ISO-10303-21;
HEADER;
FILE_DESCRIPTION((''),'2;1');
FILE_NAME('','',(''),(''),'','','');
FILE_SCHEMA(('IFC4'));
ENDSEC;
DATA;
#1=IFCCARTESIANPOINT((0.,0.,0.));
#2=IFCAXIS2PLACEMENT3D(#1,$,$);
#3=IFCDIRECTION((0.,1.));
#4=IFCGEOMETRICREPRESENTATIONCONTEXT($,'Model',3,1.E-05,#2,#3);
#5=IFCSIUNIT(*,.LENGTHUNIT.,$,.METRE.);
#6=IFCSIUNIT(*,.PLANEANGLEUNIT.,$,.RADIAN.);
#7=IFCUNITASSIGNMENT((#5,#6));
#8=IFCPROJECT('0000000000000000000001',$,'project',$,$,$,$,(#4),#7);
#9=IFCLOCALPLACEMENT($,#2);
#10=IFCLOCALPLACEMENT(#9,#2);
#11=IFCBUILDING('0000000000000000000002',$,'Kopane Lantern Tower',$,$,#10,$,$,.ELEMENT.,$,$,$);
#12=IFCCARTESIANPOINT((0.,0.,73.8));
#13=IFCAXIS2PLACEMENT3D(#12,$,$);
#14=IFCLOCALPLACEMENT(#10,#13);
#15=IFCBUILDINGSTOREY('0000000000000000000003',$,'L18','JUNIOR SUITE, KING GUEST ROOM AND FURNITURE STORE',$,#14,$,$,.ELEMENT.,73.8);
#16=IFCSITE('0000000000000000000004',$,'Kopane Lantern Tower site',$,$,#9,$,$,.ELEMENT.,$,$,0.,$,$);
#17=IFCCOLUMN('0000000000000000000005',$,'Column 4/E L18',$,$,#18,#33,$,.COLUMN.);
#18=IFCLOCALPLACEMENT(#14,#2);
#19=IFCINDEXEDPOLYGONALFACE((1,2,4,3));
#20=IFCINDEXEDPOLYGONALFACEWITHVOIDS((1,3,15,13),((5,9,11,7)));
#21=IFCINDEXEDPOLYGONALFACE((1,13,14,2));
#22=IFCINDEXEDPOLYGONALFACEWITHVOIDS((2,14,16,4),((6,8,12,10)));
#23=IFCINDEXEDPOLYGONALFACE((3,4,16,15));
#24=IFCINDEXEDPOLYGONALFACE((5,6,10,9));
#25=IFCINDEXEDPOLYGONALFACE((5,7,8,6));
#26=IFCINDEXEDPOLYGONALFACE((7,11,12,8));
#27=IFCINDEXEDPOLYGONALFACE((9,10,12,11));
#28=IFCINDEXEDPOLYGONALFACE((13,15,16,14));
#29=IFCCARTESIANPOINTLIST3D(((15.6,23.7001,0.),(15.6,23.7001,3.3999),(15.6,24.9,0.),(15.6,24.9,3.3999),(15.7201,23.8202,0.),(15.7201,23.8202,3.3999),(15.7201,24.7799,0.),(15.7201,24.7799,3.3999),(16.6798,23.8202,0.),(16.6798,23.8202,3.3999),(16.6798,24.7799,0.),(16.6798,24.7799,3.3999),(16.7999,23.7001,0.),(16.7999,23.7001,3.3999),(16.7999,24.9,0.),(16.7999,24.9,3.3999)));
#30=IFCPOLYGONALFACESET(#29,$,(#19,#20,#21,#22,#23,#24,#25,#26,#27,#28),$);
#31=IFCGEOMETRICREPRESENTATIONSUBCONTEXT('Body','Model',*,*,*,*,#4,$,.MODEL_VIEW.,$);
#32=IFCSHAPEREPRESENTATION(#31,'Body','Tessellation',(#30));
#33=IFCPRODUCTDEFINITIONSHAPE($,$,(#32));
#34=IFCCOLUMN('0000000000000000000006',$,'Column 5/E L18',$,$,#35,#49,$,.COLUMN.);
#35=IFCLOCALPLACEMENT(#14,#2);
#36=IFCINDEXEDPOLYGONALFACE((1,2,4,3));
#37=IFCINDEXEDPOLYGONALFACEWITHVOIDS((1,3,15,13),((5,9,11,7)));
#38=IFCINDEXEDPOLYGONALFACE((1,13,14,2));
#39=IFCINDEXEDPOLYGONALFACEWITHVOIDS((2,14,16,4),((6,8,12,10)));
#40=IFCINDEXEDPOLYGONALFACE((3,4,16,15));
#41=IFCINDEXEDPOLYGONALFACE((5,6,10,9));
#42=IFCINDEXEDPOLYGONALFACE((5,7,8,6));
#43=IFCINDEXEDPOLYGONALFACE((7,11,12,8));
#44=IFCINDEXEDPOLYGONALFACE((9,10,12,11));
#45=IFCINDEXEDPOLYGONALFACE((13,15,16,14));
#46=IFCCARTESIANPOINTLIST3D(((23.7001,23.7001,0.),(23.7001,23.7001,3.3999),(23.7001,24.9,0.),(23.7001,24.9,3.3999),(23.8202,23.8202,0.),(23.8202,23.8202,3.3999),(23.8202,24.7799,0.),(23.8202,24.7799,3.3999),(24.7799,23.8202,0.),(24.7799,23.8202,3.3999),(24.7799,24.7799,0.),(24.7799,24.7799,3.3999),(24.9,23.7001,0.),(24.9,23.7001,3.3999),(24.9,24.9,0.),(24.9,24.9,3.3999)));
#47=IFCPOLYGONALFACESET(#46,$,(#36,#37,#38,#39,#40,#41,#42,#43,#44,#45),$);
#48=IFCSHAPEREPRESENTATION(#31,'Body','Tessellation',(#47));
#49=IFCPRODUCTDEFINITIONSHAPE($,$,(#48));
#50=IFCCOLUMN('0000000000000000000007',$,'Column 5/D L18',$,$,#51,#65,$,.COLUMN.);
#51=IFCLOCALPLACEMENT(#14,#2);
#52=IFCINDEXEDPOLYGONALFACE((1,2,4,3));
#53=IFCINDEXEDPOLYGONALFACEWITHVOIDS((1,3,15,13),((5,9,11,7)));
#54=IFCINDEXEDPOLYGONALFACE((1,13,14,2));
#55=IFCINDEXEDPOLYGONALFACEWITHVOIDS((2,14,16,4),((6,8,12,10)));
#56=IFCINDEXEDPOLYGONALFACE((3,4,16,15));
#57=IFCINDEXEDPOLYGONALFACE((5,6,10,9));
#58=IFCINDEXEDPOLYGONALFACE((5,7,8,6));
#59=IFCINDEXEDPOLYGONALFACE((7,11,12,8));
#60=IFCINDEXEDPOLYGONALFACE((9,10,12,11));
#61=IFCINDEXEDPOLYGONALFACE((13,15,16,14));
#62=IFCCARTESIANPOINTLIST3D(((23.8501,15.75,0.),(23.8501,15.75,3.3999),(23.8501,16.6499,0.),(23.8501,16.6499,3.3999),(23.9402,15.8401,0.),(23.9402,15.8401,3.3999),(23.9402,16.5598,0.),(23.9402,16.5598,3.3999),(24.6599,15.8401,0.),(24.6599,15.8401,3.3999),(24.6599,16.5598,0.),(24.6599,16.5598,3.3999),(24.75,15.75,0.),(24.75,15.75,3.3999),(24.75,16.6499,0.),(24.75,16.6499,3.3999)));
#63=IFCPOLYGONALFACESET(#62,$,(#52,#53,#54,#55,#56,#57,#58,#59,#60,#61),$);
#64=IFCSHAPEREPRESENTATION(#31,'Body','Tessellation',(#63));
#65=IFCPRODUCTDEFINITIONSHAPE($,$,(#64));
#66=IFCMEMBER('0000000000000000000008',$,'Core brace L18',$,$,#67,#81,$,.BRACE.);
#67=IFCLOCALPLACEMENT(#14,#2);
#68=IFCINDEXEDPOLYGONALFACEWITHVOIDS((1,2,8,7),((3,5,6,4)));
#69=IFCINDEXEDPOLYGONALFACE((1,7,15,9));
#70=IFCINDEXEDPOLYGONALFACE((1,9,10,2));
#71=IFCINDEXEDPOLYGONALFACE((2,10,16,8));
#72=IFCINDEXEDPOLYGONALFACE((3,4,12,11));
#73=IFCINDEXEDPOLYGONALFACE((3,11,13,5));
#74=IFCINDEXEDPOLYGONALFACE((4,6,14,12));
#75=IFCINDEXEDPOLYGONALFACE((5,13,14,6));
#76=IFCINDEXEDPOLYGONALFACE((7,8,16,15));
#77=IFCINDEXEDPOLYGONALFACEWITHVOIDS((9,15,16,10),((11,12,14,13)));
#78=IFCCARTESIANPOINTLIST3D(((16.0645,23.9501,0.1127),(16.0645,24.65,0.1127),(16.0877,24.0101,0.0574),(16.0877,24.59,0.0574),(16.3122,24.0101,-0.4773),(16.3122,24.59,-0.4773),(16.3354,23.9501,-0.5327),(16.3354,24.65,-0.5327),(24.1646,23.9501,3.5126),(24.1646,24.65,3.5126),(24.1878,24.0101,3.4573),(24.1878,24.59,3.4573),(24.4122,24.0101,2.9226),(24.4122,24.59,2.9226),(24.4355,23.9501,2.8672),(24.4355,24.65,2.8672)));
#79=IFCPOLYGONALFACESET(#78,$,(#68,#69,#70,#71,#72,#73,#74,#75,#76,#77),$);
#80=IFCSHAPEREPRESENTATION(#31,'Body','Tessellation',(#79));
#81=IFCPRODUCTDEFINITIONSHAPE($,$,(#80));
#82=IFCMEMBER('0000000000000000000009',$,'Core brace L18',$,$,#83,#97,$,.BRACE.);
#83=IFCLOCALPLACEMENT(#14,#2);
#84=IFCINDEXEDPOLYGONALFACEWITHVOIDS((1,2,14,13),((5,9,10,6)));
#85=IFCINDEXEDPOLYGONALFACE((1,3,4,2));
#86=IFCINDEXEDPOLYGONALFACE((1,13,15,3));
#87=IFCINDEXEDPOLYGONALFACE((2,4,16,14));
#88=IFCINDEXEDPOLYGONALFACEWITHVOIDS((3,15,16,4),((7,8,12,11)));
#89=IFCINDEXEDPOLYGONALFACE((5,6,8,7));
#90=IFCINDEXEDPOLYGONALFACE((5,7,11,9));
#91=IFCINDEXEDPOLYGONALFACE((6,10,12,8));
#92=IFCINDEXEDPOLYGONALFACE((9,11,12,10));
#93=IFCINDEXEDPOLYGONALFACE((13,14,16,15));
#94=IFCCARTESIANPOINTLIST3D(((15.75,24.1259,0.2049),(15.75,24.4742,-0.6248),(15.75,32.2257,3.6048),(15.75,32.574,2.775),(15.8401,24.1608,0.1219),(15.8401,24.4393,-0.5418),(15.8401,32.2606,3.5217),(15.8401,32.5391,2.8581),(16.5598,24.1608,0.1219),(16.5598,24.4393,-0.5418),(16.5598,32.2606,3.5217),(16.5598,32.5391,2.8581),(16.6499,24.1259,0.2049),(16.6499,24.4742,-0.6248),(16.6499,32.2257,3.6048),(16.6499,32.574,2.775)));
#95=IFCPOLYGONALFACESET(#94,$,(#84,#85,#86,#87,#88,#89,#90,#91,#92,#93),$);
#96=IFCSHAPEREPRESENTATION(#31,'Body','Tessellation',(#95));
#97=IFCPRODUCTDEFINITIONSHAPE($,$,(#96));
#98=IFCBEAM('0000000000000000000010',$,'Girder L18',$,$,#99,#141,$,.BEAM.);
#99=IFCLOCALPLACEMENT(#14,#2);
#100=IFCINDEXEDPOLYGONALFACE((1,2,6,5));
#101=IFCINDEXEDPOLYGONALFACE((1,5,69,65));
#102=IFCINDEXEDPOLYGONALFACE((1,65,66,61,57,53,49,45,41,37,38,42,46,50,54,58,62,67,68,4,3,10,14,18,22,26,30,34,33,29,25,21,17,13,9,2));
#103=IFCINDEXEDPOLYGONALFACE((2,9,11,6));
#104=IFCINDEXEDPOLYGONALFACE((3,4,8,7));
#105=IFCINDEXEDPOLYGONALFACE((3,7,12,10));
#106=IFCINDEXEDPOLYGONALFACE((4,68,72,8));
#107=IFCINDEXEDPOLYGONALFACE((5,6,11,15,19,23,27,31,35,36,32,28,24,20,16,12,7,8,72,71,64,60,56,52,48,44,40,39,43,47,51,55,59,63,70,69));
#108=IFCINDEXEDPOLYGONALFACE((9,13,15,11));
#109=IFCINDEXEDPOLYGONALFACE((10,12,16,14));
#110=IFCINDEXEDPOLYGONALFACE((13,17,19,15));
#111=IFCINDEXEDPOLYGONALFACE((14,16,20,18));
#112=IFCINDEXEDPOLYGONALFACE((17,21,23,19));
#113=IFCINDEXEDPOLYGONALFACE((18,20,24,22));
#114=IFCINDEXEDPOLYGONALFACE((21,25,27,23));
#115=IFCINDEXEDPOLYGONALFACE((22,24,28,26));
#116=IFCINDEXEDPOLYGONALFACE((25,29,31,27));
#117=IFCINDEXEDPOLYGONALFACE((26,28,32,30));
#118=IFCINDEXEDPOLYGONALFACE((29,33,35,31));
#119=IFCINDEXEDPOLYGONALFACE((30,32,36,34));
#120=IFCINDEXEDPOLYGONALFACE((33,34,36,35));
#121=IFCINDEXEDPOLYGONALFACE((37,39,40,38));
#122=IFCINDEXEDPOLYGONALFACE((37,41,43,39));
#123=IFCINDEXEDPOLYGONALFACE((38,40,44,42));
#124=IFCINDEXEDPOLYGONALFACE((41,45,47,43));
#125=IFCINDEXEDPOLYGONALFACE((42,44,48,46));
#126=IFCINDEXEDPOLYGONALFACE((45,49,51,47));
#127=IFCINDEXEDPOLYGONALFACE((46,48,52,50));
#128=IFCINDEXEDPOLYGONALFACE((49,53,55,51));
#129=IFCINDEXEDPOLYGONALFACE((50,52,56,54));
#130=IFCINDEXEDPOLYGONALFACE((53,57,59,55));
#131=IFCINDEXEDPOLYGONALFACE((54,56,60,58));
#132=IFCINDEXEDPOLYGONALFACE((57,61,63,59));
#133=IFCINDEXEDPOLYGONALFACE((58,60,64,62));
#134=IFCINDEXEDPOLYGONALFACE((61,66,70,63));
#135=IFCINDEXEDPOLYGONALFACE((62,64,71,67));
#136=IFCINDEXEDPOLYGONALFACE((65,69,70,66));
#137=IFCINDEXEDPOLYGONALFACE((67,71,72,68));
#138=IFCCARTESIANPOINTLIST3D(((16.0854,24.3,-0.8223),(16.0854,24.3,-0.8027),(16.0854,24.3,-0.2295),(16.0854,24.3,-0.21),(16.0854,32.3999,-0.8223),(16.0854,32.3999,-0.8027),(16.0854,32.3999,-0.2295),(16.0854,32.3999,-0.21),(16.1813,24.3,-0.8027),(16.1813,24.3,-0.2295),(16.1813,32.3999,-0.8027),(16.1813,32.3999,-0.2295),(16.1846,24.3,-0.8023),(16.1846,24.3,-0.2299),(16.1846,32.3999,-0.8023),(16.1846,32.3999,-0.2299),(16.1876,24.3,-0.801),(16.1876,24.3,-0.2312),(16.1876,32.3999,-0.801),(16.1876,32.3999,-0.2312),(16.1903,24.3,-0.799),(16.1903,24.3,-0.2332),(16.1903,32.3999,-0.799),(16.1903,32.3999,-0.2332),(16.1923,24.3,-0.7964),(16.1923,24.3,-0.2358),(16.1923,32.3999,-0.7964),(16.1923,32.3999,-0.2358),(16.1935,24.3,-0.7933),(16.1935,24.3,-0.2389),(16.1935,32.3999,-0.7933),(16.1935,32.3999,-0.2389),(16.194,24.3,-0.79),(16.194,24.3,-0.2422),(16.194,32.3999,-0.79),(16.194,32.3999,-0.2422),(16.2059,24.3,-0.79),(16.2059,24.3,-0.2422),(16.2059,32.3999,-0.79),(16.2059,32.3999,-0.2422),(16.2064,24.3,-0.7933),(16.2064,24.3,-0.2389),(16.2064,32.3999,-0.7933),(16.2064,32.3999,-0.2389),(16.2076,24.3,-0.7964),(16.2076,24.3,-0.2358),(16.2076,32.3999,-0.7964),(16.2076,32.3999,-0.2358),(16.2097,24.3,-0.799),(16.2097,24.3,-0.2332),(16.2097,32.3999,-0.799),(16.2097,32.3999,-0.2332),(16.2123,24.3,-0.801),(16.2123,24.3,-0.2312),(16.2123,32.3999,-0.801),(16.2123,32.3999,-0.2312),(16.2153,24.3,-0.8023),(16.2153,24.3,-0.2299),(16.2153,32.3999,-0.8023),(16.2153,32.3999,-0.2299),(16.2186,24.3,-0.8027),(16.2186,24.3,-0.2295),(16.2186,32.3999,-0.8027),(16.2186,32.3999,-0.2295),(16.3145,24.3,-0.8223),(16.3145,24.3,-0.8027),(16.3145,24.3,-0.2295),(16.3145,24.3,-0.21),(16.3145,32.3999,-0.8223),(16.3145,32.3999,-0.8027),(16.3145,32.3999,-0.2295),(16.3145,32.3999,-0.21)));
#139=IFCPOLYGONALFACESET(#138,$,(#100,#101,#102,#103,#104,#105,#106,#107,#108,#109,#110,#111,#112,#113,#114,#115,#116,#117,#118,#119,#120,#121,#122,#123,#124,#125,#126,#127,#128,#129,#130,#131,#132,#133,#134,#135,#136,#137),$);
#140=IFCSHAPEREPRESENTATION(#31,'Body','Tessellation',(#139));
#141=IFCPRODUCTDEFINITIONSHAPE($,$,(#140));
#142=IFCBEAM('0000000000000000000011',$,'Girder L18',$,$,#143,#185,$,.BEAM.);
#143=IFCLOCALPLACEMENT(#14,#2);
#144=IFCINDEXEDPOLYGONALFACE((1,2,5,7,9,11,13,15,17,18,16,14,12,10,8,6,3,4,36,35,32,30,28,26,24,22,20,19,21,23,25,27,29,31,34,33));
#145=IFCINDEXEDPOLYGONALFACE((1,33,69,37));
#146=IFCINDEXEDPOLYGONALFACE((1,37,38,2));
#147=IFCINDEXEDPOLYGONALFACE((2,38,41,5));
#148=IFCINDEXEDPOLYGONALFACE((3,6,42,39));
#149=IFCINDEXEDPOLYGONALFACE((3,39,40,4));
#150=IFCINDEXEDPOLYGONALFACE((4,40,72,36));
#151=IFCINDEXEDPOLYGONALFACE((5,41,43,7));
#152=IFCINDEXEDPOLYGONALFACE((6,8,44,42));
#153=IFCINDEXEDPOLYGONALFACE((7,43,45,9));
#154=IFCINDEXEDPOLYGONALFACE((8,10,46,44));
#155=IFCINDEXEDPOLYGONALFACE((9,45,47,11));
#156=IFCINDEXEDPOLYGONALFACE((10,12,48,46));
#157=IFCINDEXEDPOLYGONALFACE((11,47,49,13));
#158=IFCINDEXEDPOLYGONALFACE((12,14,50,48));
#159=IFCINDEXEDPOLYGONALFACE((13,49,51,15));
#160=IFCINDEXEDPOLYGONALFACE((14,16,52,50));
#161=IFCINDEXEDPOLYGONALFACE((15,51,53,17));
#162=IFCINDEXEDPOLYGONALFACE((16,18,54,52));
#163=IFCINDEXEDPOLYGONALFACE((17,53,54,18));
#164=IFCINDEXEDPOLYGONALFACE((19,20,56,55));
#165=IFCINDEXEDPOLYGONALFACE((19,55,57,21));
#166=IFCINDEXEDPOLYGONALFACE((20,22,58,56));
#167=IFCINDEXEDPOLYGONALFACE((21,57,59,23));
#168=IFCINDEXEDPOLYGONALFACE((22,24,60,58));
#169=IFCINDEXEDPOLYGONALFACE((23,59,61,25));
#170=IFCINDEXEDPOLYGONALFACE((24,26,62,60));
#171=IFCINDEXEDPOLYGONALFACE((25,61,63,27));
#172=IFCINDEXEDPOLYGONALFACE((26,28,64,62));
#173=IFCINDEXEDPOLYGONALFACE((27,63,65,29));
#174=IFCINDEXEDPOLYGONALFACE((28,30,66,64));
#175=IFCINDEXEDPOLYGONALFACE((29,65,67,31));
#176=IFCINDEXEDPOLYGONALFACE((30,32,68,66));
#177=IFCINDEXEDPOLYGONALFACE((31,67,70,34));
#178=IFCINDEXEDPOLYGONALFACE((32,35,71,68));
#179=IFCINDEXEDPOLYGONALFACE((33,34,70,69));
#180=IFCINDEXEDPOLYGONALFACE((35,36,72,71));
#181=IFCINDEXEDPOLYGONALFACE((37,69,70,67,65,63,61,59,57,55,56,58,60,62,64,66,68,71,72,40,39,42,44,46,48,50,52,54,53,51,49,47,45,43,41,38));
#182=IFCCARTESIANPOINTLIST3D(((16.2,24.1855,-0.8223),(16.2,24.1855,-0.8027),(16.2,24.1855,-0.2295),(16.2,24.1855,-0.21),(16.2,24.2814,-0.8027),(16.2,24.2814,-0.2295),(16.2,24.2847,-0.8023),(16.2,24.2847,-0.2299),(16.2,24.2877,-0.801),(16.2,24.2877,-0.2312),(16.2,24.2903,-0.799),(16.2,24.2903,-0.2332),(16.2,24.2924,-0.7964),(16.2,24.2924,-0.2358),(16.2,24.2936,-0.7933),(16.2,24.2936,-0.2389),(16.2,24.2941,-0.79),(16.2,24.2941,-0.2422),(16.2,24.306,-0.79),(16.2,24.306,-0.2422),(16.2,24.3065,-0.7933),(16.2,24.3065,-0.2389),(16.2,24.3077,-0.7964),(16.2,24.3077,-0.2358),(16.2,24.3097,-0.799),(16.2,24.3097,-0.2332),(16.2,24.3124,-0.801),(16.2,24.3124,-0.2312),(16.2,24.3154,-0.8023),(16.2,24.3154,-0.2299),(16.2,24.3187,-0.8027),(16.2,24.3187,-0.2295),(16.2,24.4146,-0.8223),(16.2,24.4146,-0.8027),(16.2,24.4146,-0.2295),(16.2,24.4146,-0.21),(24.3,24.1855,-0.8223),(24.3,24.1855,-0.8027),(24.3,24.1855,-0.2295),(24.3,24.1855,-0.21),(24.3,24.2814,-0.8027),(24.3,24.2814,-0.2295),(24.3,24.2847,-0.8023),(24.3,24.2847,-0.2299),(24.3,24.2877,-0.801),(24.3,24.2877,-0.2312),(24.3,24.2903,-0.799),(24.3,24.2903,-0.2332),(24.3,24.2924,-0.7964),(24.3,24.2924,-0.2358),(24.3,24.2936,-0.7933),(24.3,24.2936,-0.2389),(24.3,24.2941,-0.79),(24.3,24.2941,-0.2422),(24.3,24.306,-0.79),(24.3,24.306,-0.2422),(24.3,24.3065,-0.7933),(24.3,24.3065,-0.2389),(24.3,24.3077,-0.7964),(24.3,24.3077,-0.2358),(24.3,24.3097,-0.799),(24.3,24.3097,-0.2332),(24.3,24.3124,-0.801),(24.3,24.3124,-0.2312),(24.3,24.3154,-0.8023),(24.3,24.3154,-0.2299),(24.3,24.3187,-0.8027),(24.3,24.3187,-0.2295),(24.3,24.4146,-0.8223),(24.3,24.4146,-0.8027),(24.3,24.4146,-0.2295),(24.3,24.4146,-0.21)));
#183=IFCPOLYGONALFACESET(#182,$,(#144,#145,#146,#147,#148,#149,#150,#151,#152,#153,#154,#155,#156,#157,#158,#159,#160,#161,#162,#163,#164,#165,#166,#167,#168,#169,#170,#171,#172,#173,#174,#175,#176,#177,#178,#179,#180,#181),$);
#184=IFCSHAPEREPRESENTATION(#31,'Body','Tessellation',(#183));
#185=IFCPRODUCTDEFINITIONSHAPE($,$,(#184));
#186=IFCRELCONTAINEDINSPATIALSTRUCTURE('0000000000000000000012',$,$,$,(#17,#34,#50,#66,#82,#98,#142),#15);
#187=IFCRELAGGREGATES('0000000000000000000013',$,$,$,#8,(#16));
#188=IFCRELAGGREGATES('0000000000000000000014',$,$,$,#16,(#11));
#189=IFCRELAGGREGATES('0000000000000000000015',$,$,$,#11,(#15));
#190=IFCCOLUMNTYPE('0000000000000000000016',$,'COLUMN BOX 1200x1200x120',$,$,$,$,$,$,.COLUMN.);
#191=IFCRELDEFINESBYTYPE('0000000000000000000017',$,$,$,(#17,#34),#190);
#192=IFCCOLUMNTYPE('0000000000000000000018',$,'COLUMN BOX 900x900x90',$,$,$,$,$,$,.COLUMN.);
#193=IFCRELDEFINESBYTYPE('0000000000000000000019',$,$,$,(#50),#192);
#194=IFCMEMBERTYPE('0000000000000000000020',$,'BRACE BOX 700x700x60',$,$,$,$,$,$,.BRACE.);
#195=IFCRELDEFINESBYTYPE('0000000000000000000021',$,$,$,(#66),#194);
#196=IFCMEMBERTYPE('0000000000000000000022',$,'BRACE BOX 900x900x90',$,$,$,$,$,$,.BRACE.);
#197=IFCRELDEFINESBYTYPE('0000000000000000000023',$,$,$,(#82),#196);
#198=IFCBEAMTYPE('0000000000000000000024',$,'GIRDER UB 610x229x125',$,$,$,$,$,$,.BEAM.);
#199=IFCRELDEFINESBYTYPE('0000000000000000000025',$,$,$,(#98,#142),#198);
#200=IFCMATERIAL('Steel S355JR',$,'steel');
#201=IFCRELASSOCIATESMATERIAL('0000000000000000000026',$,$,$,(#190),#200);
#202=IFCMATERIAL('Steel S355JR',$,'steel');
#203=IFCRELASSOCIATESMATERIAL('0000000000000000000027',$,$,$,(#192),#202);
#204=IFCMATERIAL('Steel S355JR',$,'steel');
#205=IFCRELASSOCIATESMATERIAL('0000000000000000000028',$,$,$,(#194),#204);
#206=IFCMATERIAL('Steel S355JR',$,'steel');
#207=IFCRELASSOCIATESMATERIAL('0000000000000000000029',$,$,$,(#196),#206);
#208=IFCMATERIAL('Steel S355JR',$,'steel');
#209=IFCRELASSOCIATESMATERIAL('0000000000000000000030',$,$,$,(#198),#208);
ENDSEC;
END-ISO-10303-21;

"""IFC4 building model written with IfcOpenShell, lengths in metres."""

from ifc_helpers import new_model, si_unit, direction, frame, origin, origin_2d, place, context, subcontext, project, spatial, hollow_rectangle, i_section, extrude, material, material_profile, profile_set, type_object, element, save


model = new_model("IFC4")

# Units and contexts
model_context = context("Model", 3, precision=1e-05, world=origin(), true_north=direction((0.0, 1.0)))
body_context = subcontext(model_context, "Body", "Model", "MODEL_VIEW")
ifc_project = project(units=[si_unit("LENGTHUNIT", "METRE"), si_unit("PLANEANGLEUNIT", "RADIAN")], contexts=[model_context])

# Site, building, storey
site_placement = place(None, origin())
site = spatial("IfcSite", under=ifc_project, at=site_placement, Name="Kopane Lantern Tower site", CompositionType="ELEMENT", RefElevation=0.0)
building_placement = place(site_placement, origin())
building = spatial("IfcBuilding", under=site, at=building_placement, Name="Kopane Lantern Tower", CompositionType="ELEMENT")
storey_placement = place(building_placement, frame((0.0, 0.0, 73.8)))
storey = spatial("IfcBuildingStorey", under=building, at=storey_placement, Name="L18", Description="JUNIOR SUITE, KING GUEST ROOM AND FURNITURE STORE", CompositionType="ELEMENT", Elevation=73.8)

# Columns
ifc_material_1 = material(Name="Steel S355JR", Category="steel")
ifc_material_profile_1 = material_profile(ifc_material_1, hollow_rectangle(XDim=1.2, YDim=1.2, WallThickness=0.1201, at=origin_2d()), Name="BOX 1200x1200x120")
ifc_profile_set_1 = profile_set([ifc_material_profile_1], Name="Steel S355JR")
column_type_1 = type_object("IfcColumnType", Name="COLUMN BOX 1200x1200x120", PredefinedType="COLUMN", material=ifc_profile_set_1)
for number, where, z_axis, x_axis, name in (
    (1, (16.2, 24.3, 0.0), (0.0, 0.0, 1.0), (1.0, 0.0, 0.0), "Column 4/E L18"),
    (2, (24.3, 24.3, 0.0), (0.0, 0.0, 1.0), (1.0, 0.0, 0.0), "Column 5/E L18"),
):
    element("IfcColumn", number, at=place(storey_placement, frame(where, z_axis=z_axis, x_axis=x_axis)), inside=storey, type_object=column_type_1, Name=name, PredefinedType="COLUMN", context=body_context, shape_type="SweptSolid", body=[
        extrude(hollow_rectangle(XDim=1.2, YDim=1.2, WallThickness=0.1201, at=origin_2d()), origin(), (0.0, 0.0, 1.0), 3.3999),
    ])
ifc_material_2 = material(Name="Steel S355JR", Category="steel")
ifc_material_profile_2 = material_profile(ifc_material_2, hollow_rectangle(XDim=0.8999, YDim=0.8999, WallThickness=0.0901, at=origin_2d()), Name="BOX 900x900x90")
ifc_profile_set_2 = profile_set([ifc_material_profile_2], Name="Steel S355JR")
column_type_2 = type_object("IfcColumnType", Name="COLUMN BOX 900x900x90", PredefinedType="COLUMN", material=ifc_profile_set_2)
column_placement = place(storey_placement, frame((24.3, 16.2, 0.0), z_axis=(0.0, 0.0, 1.0), x_axis=(1.0, 0.0, 0.0)))
element("IfcColumn", 3, at=column_placement, inside=storey, type_object=column_type_2, Name="Column 5/D L18", PredefinedType="COLUMN", context=body_context, shape_type="SweptSolid", body=[
    extrude(hollow_rectangle(XDim=0.8999, YDim=0.8999, WallThickness=0.0901, at=origin_2d()), origin(), (0.0, 0.0, 1.0), 3.3999),
])

# Members
ifc_material_3 = material(Name="Steel S355JR", Category="steel")
ifc_material_profile_3 = material_profile(ifc_material_3, hollow_rectangle(XDim=0.7, YDim=0.7, WallThickness=0.0601, at=origin_2d()), Name="BOX 700x700x60")
ifc_profile_set_3 = profile_set([ifc_material_profile_3], Name="Steel S355JR")
member_type_1 = type_object("IfcMemberType", Name="BRACE BOX 700x700x60", PredefinedType="BRACE", material=ifc_profile_set_3)
member_1_placement = place(storey_placement, frame((16.2, 24.3, -0.21), z_axis=(0.922069, 0.0, 0.387026), x_axis=(0.0, 1.0, 0.0)))
element("IfcMember", 4, at=member_1_placement, inside=storey, type_object=member_type_1, Name="Core brace L18", PredefinedType="BRACE", context=body_context, shape_type="SweptSolid", body=[
    extrude(hollow_rectangle(XDim=0.7, YDim=0.7, WallThickness=0.0601, at=origin_2d()), origin(), (0.0, 0.0, 1.0), 8.7847),
])
ifc_material_4 = material(Name="Steel S355JR", Category="steel")
ifc_material_profile_4 = material_profile(ifc_material_4, hollow_rectangle(XDim=0.8999, YDim=0.8999, WallThickness=0.0901, at=origin_2d()), Name="BOX 900x900x90")
ifc_profile_set_4 = profile_set([ifc_material_profile_4], Name="Steel S355JR")
member_type_2 = type_object("IfcMemberType", Name="BRACE BOX 900x900x90", PredefinedType="BRACE", material=ifc_profile_set_4)
member_2_placement = place(storey_placement, frame((16.2, 24.3, -0.21), z_axis=(0.0, 0.922065, 0.387035), x_axis=(-1.0, 0.0, 0.0)))
element("IfcMember", 5, at=member_2_placement, inside=storey, type_object=member_type_2, Name="Core brace L18", PredefinedType="BRACE", context=body_context, shape_type="SweptSolid", body=[
    extrude(hollow_rectangle(XDim=0.8999, YDim=0.8999, WallThickness=0.0901, at=origin_2d()), origin(), (0.0, 0.0, 1.0), 8.7844),
])

# Beams
ifc_material_5 = material(Name="Steel S355JR", Category="steel")
ifc_material_profile_5 = material_profile(ifc_material_5, i_section(OverallWidth=0.229, OverallDepth=0.6123, WebThickness=0.012, FlangeThickness=0.0195, FilletRadius=0.0127, at=origin_2d()), Name="UB 610x229x125")
ifc_profile_set_5 = profile_set([ifc_material_profile_5], Name="Steel S355JR")
beam_type = type_object("IfcBeamType", Name="GIRDER UB 610x229x125", PredefinedType="BEAM", material=ifc_profile_set_5)
beam_1_placement = place(storey_placement, frame((16.2, 24.3, -0.5161), z_axis=(0.0, 1.0, 0.0), x_axis=(-1.0, 0.0, 0.0)))
element("IfcBeam", 6, at=beam_1_placement, inside=storey, type_object=beam_type, Name="Girder L18", PredefinedType="BEAM", context=body_context, shape_type="SweptSolid", body=[
    extrude(i_section(OverallWidth=0.229, OverallDepth=0.6123, WebThickness=0.012, FlangeThickness=0.0195, FilletRadius=0.0127, at=origin_2d()), origin(), (0.0, 0.0, 1.0), 8.0999),
])
for number, where, z_axis, x_axis, name in (
    (7, (16.2, 24.3, -0.5161), (1.0, 0.0, 0.0), (0.0, 1.0, 0.0), "Girder L18"),
):
    element("IfcBeam", number, at=place(storey_placement, frame(where, z_axis=z_axis, x_axis=x_axis)), inside=storey, type_object=beam_type, Name=name, PredefinedType="BEAM", context=body_context, shape_type="SweptSolid", body=[
        extrude(i_section(OverallWidth=0.229, OverallDepth=0.6123, WebThickness=0.012, FlangeThickness=0.0195, FilletRadius=0.0127, at=origin_2d()), origin(), (0.0, 0.0, 1.0), 8.1001),
    ])

save(model, "model.ifc")
